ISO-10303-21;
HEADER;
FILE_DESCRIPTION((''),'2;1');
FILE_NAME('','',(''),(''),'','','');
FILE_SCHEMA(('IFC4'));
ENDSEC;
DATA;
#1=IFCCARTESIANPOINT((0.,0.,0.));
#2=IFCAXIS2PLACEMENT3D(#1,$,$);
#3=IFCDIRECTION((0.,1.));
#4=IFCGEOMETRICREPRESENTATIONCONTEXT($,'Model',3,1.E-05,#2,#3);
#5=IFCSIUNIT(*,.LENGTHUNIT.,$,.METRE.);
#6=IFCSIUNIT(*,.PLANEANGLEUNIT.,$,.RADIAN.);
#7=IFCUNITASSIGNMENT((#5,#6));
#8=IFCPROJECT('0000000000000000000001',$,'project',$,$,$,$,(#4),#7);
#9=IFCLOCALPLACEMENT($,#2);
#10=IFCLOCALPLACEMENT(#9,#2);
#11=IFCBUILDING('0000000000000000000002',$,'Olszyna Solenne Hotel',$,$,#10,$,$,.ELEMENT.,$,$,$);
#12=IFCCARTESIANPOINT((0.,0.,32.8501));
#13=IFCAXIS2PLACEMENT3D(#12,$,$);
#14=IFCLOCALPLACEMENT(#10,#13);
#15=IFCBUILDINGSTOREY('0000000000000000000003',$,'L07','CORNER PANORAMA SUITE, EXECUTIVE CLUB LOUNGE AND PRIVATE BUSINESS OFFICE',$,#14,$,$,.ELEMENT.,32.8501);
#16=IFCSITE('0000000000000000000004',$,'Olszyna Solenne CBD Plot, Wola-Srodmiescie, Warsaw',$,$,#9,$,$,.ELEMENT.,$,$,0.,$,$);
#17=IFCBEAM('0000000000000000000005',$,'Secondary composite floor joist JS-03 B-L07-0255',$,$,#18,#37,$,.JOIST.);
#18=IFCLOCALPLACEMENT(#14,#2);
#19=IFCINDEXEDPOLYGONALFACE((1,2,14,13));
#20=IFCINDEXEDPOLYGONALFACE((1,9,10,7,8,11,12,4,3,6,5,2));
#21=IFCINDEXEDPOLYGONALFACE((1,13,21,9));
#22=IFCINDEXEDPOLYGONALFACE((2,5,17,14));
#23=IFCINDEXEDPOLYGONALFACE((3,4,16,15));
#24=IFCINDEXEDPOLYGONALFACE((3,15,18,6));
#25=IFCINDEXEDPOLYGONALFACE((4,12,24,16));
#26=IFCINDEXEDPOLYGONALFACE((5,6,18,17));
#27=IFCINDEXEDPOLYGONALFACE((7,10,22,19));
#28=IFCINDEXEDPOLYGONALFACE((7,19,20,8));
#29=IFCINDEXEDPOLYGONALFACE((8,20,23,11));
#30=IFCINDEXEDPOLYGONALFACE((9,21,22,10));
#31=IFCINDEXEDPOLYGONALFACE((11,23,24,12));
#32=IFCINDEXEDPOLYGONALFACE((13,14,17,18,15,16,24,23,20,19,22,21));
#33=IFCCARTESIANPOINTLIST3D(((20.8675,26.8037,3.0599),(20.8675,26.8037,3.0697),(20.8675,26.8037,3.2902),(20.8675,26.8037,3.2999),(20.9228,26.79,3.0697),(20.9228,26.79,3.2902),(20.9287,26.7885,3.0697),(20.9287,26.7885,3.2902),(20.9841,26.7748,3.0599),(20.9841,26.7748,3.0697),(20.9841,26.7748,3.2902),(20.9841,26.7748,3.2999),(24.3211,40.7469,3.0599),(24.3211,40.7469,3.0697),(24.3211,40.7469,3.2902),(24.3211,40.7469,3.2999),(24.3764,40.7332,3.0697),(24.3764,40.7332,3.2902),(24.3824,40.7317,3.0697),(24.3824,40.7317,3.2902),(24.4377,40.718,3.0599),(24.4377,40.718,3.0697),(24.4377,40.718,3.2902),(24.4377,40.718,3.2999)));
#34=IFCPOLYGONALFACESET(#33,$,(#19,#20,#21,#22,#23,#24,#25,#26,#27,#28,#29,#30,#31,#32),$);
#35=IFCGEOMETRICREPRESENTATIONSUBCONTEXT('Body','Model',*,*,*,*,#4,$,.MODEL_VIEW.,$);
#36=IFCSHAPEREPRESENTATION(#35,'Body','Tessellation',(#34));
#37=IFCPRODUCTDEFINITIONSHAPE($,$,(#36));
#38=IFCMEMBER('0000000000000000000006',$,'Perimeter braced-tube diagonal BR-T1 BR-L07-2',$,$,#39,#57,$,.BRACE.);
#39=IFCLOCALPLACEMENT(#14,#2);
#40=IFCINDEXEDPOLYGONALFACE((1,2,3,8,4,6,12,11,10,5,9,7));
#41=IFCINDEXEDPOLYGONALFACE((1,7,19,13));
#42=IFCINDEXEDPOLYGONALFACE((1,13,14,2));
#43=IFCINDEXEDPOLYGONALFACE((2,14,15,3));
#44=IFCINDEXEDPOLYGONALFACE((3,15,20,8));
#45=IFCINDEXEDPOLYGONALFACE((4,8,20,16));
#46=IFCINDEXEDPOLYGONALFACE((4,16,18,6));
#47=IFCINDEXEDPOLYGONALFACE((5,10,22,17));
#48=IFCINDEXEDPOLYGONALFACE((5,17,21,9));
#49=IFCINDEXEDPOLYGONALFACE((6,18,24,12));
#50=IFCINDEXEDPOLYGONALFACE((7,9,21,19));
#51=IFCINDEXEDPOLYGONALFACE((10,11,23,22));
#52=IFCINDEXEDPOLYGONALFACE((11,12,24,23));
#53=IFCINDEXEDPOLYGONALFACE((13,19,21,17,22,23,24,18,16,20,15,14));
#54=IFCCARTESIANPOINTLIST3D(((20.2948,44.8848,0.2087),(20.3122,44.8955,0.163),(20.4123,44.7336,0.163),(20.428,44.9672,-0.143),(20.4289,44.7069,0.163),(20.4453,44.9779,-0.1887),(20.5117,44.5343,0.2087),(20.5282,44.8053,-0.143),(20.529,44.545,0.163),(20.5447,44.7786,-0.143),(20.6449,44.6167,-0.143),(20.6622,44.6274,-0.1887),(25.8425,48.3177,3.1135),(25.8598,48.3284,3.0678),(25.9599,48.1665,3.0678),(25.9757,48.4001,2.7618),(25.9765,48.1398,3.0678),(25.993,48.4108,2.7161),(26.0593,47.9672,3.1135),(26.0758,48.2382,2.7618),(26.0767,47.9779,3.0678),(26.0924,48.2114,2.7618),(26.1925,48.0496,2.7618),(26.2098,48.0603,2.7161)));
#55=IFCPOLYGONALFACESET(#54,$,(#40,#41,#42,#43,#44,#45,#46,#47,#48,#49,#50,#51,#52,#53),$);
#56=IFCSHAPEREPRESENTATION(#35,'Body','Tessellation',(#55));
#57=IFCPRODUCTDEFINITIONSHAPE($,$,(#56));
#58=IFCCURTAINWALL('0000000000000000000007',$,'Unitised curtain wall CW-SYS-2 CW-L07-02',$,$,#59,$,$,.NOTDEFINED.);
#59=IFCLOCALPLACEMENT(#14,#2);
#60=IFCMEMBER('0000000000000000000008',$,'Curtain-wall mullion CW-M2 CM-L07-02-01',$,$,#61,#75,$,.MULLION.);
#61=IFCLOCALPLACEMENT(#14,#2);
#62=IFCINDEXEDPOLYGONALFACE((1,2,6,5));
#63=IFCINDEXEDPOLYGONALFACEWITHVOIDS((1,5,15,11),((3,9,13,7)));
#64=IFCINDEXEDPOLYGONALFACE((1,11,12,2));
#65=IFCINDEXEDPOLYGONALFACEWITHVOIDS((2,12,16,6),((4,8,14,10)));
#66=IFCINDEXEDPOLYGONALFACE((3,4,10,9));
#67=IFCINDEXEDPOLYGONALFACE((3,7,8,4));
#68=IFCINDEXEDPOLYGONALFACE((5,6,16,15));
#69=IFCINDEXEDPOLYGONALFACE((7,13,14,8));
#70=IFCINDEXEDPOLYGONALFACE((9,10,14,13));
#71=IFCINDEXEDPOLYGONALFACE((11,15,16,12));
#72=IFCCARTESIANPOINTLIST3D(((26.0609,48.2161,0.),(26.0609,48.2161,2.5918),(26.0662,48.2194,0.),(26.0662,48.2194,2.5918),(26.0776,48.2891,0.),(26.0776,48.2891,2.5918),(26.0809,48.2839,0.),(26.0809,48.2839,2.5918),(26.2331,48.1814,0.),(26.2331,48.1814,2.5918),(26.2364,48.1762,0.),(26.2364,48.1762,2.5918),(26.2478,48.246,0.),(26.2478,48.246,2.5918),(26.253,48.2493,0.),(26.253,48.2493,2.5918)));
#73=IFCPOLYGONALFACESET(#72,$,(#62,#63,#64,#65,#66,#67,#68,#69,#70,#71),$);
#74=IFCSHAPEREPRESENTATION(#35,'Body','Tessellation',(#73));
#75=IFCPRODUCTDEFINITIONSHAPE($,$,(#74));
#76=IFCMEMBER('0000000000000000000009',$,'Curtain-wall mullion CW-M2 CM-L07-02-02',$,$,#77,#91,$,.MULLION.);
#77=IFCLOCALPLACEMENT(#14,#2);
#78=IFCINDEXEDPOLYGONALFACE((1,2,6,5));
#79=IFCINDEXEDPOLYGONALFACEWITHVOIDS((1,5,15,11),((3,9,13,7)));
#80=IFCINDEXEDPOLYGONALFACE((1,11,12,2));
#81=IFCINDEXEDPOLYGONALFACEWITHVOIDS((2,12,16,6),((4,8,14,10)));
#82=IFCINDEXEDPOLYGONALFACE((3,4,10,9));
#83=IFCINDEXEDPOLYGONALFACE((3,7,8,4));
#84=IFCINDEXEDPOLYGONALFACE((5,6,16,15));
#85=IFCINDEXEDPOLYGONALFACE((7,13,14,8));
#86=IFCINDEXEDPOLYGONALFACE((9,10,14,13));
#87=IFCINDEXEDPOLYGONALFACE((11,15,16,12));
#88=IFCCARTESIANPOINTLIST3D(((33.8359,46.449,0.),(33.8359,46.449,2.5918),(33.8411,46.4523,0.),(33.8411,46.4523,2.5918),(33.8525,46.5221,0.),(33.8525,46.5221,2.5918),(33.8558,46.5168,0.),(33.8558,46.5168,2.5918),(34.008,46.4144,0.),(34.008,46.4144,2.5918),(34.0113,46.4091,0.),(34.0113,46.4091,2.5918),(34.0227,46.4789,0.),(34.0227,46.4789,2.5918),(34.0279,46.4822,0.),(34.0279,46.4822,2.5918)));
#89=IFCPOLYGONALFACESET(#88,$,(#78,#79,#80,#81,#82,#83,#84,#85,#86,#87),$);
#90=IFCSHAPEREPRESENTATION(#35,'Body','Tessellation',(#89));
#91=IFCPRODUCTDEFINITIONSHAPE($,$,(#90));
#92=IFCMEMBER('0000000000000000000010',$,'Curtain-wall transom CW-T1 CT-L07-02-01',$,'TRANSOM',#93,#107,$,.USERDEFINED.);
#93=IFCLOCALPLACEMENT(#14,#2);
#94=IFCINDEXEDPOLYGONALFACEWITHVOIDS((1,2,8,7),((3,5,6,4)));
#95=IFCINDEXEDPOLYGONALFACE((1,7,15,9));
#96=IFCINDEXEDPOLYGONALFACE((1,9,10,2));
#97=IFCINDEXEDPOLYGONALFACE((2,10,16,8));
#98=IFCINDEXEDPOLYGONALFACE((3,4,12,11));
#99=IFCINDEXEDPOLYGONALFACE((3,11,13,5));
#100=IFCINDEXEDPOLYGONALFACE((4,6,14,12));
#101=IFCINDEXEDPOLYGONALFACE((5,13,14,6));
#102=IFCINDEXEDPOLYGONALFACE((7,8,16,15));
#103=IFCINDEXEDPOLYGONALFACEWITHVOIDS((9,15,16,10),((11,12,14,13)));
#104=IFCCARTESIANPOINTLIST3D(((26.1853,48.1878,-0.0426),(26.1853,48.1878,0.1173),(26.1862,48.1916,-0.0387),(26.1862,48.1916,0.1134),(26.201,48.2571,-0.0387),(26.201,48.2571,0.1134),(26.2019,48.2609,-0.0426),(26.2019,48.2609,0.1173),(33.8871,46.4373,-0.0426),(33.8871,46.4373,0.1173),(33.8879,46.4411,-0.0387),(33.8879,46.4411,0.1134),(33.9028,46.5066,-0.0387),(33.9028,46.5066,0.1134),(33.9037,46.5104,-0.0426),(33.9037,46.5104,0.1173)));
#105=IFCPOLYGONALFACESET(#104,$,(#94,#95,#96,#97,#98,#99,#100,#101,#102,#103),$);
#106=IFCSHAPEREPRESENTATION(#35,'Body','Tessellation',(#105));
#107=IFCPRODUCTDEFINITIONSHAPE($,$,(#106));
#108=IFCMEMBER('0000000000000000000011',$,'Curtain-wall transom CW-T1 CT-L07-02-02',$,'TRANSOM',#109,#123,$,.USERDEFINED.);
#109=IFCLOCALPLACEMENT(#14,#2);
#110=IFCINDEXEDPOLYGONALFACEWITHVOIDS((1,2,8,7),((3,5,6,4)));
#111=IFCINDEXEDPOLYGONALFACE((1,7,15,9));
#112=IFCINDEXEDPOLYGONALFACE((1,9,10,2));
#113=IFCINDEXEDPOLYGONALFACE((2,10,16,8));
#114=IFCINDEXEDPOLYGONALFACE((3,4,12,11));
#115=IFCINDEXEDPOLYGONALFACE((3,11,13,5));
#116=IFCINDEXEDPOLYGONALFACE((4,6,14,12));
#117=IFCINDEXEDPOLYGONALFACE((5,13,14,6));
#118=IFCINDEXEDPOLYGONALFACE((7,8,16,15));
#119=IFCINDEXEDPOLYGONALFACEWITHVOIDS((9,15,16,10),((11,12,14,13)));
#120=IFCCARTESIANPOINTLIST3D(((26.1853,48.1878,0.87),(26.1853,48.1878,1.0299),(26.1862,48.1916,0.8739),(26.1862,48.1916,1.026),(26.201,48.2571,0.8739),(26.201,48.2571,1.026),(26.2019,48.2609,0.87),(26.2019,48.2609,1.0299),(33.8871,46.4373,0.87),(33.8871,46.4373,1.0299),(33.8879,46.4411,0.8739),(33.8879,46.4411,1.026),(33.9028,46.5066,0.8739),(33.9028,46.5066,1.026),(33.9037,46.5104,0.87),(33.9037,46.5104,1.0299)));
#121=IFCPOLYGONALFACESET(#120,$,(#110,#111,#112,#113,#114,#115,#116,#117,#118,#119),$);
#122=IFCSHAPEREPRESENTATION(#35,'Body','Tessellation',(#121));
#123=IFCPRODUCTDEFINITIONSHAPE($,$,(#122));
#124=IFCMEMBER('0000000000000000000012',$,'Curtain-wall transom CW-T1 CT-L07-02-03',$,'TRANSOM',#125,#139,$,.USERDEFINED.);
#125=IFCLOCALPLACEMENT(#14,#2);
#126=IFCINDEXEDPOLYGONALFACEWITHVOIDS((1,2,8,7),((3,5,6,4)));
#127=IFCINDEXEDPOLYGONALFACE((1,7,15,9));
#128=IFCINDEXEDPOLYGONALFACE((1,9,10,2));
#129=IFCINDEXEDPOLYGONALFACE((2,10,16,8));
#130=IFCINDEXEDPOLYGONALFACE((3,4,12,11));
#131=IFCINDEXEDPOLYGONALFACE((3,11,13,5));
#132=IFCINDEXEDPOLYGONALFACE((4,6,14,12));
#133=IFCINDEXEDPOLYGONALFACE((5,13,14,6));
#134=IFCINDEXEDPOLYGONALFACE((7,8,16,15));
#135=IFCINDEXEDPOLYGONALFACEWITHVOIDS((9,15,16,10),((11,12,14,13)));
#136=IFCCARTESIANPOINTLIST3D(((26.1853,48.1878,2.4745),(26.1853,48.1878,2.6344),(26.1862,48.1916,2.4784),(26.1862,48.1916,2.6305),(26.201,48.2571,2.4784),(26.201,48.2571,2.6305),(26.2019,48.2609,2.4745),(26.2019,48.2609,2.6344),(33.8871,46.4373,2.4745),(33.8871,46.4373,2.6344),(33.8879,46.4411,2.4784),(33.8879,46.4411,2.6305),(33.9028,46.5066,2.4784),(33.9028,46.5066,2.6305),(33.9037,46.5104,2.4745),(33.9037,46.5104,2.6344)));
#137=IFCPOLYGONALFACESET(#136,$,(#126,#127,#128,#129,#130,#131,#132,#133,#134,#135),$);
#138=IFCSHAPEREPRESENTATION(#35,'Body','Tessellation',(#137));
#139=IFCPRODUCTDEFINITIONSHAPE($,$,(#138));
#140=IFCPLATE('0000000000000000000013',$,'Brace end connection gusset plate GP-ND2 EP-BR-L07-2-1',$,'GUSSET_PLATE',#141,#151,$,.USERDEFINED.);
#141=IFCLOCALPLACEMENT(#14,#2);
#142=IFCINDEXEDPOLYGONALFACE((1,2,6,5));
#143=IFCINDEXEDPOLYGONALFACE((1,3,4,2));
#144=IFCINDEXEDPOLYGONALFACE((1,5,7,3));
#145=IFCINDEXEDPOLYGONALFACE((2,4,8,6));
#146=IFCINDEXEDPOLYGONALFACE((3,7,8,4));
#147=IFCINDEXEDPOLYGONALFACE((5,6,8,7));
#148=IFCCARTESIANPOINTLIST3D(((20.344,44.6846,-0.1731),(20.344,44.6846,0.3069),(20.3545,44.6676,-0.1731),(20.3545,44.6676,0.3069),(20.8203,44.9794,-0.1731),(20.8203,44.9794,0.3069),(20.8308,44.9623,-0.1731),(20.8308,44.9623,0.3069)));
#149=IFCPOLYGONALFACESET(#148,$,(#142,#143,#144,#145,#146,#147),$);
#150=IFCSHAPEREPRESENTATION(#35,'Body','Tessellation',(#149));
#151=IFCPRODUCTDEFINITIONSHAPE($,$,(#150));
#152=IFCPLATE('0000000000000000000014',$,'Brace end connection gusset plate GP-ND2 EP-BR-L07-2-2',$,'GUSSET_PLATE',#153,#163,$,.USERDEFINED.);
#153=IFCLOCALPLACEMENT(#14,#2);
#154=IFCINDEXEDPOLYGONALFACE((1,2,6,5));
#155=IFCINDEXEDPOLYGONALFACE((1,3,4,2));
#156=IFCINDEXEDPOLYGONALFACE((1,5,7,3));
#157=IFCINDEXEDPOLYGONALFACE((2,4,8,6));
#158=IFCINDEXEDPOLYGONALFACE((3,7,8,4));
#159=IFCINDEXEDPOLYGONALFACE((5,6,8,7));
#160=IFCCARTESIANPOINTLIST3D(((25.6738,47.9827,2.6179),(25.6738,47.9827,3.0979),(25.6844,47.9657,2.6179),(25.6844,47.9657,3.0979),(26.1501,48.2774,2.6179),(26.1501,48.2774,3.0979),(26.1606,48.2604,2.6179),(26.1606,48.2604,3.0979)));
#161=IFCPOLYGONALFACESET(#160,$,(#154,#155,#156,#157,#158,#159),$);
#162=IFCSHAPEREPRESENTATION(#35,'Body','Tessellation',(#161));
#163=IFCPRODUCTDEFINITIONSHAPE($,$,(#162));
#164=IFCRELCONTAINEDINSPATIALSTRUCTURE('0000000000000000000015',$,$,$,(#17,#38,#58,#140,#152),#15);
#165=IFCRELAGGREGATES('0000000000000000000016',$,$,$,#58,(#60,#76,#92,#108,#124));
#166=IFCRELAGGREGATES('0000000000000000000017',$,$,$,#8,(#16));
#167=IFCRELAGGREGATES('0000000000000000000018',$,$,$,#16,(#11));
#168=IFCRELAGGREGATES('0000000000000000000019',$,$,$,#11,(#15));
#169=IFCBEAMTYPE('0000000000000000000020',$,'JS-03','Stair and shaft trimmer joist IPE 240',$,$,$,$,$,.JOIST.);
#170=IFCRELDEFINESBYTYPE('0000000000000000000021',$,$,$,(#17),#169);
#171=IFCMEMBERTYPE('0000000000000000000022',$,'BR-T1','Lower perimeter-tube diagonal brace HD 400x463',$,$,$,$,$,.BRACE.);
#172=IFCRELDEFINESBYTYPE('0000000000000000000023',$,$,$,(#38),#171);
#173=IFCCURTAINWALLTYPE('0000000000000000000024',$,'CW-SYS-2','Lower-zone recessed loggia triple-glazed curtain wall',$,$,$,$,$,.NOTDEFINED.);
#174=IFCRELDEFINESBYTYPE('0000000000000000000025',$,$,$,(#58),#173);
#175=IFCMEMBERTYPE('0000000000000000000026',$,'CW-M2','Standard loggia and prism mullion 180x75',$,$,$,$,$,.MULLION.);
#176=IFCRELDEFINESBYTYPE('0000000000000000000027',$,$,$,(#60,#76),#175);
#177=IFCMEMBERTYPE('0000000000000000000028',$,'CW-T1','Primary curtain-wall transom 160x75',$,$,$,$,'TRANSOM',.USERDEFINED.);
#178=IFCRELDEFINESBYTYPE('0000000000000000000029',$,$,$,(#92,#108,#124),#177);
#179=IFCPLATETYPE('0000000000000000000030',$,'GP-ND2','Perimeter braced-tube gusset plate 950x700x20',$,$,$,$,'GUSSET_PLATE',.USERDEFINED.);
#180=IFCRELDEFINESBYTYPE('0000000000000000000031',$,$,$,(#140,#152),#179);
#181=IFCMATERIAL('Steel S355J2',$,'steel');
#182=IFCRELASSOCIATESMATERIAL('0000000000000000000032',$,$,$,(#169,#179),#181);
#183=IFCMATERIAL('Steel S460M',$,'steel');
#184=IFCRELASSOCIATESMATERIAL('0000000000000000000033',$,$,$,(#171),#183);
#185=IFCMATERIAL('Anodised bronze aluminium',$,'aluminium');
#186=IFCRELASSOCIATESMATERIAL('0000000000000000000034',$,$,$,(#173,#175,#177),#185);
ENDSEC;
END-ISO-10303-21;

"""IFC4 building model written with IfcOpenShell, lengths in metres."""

from ifc_helpers import new_model, si_unit, direction, frame, origin, origin_2d, place, context, subcontext, project, spatial, rectangle, hollow_rectangle, i_section, extrude, source, transform, mapped, material, material_profile, profile_set, type_object, element, aggregate, save


model = new_model("IFC4")

# Units and contexts
model_context = context("Model", 3, precision=1e-05, world=origin(), true_north=direction((0.0, 1.0)))
body_context = subcontext(model_context, "Body", "Model", "MODEL_VIEW")
ifc_project = project(units=[si_unit("LENGTHUNIT", "METRE"), si_unit("PLANEANGLEUNIT", "RADIAN")], contexts=[model_context])

# Site, building, storey
site_placement = place(None, origin())
site = spatial("IfcSite", under=ifc_project, at=site_placement, Name="Olszyna Solenne CBD Plot, Wola-Srodmiescie, Warsaw", CompositionType="ELEMENT", RefElevation=0.0)
building_placement = place(site_placement, origin())
building = spatial("IfcBuilding", under=site, at=building_placement, Name="Olszyna Solenne Hotel", CompositionType="ELEMENT")
storey_placement = place(building_placement, frame((0.0, 0.0, 32.8501)))
storey = spatial("IfcBuildingStorey", under=building, at=storey_placement, Name="L07", Description="CORNER PANORAMA SUITE, EXECUTIVE CLUB LOUNGE AND PRIVATE BUSINESS OFFICE", CompositionType="ELEMENT", Elevation=32.8501)

# Shared definitions
ifc_material_1 = material(Name="Steel S460M", Category="steel")

# Beam
ifc_material_2 = material(Name="Steel S355J2", Category="steel")
ifc_material_profile_1 = material_profile(ifc_material_2, i_section(OverallWidth=0.1201, OverallDepth=0.24, WebThickness=0.0061, FlangeThickness=0.0098, at=origin_2d()), Name="IPE 240", Category="load-bearing")
ifc_profile_set_1 = profile_set([ifc_material_profile_1], Name="Steel S355J2")
beam_type_1 = type_object("IfcBeamType", Name="JS-03", Description="Stair and shaft trimmer joist IPE 240", PredefinedType="JOIST", material=ifc_profile_set_1)
shared_shape_1 = source(origin(), body_context, "Body", "SweptSolid", [
    extrude(i_section(OverallWidth=0.1201, OverallDepth=0.24, WebThickness=0.0061, FlangeThickness=0.0098, at=origin_2d()), origin(), (0.0, 0.0, 1.0), 14.3645),
])
beam_1_placement = place(storey_placement, frame((24.3794, 40.7324, 3.1799), z_axis=(-0.240428, -0.970667, 0.0), x_axis=(0.970667, -0.240428, 0.0)))
element("IfcBeam", 1, at=beam_1_placement, inside=storey, type_object=beam_type_1, Name="Secondary composite floor joist JS-03 B-L07-0255", PredefinedType="JOIST", context=body_context, shape_type="MappedRepresentation", body=[
    mapped(shared_shape_1, transform((0.0, 0.0, 0.0), x_axis=(1.0, 0.0, 0.0), y_axis=(0.0, 1.0, 0.0), z_axis=(0.0, 0.0, 1.0), scale=1.0)),
])

# Member
ifc_material_profile_2 = material_profile(ifc_material_1, i_section(OverallWidth=0.4121, OverallDepth=0.4351, WebThickness=0.0315, FlangeThickness=0.05, at=origin_2d()), Name="HD 400x463", Category="load-bearing")
ifc_profile_set_2 = profile_set([ifc_material_profile_2], Name="Steel S460M")
member_type_1 = type_object("IfcMemberType", Name="BR-T1", Description="Lower perimeter-tube diagonal brace HD 400x463", PredefinedType="BRACE", material=ifc_profile_set_2)
shared_shape_2 = source(origin(), body_context, "Body", "SweptSolid", [
    extrude(i_section(OverallWidth=0.4121, OverallDepth=0.4351, WebThickness=0.0315, FlangeThickness=0.05, at=origin_2d()), origin(), (0.0, 0.0, 1.0), 7.1414),
])
member_1_placement = place(storey_placement, frame((20.4785, 44.7561, 0.01), z_axis=(0.776834, 0.480705, 0.406758), x_axis=(-0.526203, 0.850359, 0.0)))
element("IfcMember", 2, at=member_1_placement, inside=storey, type_object=member_type_1, Name="Perimeter braced-tube diagonal BR-T1 BR-L07-2", PredefinedType="BRACE", context=body_context, shape_type="MappedRepresentation", body=[
    mapped(shared_shape_2, transform((0.0, 0.0, 0.0), x_axis=(1.0, 0.0, 0.0), y_axis=(0.0, 1.0, 0.0), z_axis=(0.0, 0.0, 1.0), scale=1.0)),
])

# Curtain wall, members
ifc_material_3 = material(Name="Anodised bronze aluminium", Category="aluminium")
curtain_wall_type = type_object("IfcCurtainWallType", Name="CW-SYS-2", Description="Lower-zone recessed loggia triple-glazed curtain wall", PredefinedType="NOTDEFINED", material=ifc_material_3)
curtain_wall_placement = place(storey_placement, origin())
curtain_wall = element("IfcCurtainWall", 3, at=curtain_wall_placement, inside=storey, type_object=curtain_wall_type, Name="Unitised curtain wall CW-SYS-2 CW-L07-02", PredefinedType="NOTDEFINED")
ifc_material_profile_3 = material_profile(ifc_material_3, hollow_rectangle(XDim=0.075, YDim=0.1799, WallThickness=0.0044, at=origin_2d()), Name="MULL 180x75x4.5", Category="load-bearing")
ifc_profile_set_3 = profile_set([ifc_material_profile_3], Name="Anodised bronze aluminium")
member_type_2 = type_object("IfcMemberType", Name="CW-M2", Description="Standard loggia and prism mullion 180x75", PredefinedType="MULLION", material=ifc_profile_set_3)
shared_shape_3 = source(origin(), body_context, "Body", "SweptSolid", [
    extrude(hollow_rectangle(XDim=0.075, YDim=0.1799, WallThickness=0.0044, at=origin_2d()), origin(), (0.0, 0.0, 1.0), 2.5918),
])
member_2_placement = place(storey_placement, frame((26.157, 48.2327, 0.0), z_axis=(0.0, 0.0, 1.0), x_axis=(0.221622, 0.975133, 0.0)))
member_2 = element("IfcMember", 4, at=member_2_placement, type_object=member_type_2, Name="Curtain-wall mullion CW-M2 CM-L07-02-01", PredefinedType="MULLION", context=body_context, shape_type="MappedRepresentation", body=[
    mapped(shared_shape_3, transform((0.0, 0.0, 0.0), x_axis=(1.0, 0.0, 0.0), y_axis=(0.0, 1.0, 0.0), z_axis=(0.0, 0.0, 1.0), scale=1.0)),
])
member_3_placement = place(storey_placement, frame((33.9319, 46.4656, 0.0), z_axis=(0.0, 0.0, 1.0), x_axis=(0.221622, 0.975133, 0.0)))
member_3 = element("IfcMember", 5, at=member_3_placement, type_object=member_type_2, Name="Curtain-wall mullion CW-M2 CM-L07-02-02", PredefinedType="MULLION", context=body_context, shape_type="MappedRepresentation", body=[
    mapped(shared_shape_3, transform((0.0, 0.0, 0.0), x_axis=(1.0, 0.0, 0.0), y_axis=(0.0, 1.0, 0.0), z_axis=(0.0, 0.0, 1.0), scale=1.0)),
])
ifc_material_profile_4 = material_profile(ifc_material_3, hollow_rectangle(XDim=0.075, YDim=0.1599, WallThickness=0.0039, at=origin_2d()), Name="TRAN 160x75x4", Category="load-bearing")
ifc_profile_set_4 = profile_set([ifc_material_profile_4], Name="Anodised bronze aluminium")
member_type_3 = type_object("IfcMemberType", Name="CW-T1", Description="Primary curtain-wall transom 160x75", ElementType="TRANSOM", PredefinedType="USERDEFINED", material=ifc_profile_set_4)
shared_shape_4 = source(origin(), body_context, "Body", "SweptSolid", [
    extrude(hollow_rectangle(XDim=0.075, YDim=0.1599, WallThickness=0.0039, at=origin_2d()), origin(), (0.0, 0.0, 1.0), 7.8982),
])
member_4_placement = place(storey_placement, frame((26.1936, 48.2244, 0.0374), z_axis=(0.97513, -0.221634, 0.0), x_axis=(0.221634, 0.97513, 0.0)))
member_4 = element("IfcMember", 6, at=member_4_placement, type_object=member_type_3, Name="Curtain-wall transom CW-T1 CT-L07-02-01", ObjectType="TRANSOM", PredefinedType="USERDEFINED", context=body_context, shape_type="MappedRepresentation", body=[
    mapped(shared_shape_4, transform((0.0, 0.0, 0.0), x_axis=(1.0, 0.0, 0.0), y_axis=(0.0, 1.0, 0.0), z_axis=(0.0, 0.0, 1.0), scale=1.0)),
])
member_5_placement = place(storey_placement, frame((26.1936, 48.2244, 0.95), z_axis=(0.97513, -0.221634, 0.0), x_axis=(0.221634, 0.97513, 0.0)))
member_5 = element("IfcMember", 7, at=member_5_placement, type_object=member_type_3, Name="Curtain-wall transom CW-T1 CT-L07-02-02", ObjectType="TRANSOM", PredefinedType="USERDEFINED", context=body_context, shape_type="MappedRepresentation", body=[
    mapped(shared_shape_4, transform((0.0, 0.0, 0.0), x_axis=(1.0, 0.0, 0.0), y_axis=(0.0, 1.0, 0.0), z_axis=(0.0, 0.0, 1.0), scale=1.0)),
])
member_6_placement = place(storey_placement, frame((26.1936, 48.2244, 2.5544), z_axis=(0.97513, -0.221634, 0.0), x_axis=(0.221634, 0.97513, 0.0)))
member_6 = element("IfcMember", 8, at=member_6_placement, type_object=member_type_3, Name="Curtain-wall transom CW-T1 CT-L07-02-03", ObjectType="TRANSOM", PredefinedType="USERDEFINED", context=body_context, shape_type="MappedRepresentation", body=[
    mapped(shared_shape_4, transform((0.0, 0.0, 0.0), x_axis=(1.0, 0.0, 0.0), y_axis=(0.0, 1.0, 0.0), z_axis=(0.0, 0.0, 1.0), scale=1.0)),
])

# Plates
plate_type_1 = type_object("IfcPlateType", Name="GP-ND2", Description="Perimeter braced-tube gusset plate 950x700x20", ElementType="GUSSET_PLATE", PredefinedType="USERDEFINED", material=ifc_material_2)
shared_shape_5 = source(origin(), body_context, "Body", "SweptSolid", [
    extrude(rectangle(XDim=0.5601, YDim=0.02, at=origin_2d()), origin(), (0.0, 0.0, 1.0), 0.48),
])
for number, where, z_axis, x_axis, name in (
    (9, (20.5874, 44.8235, -0.1731), (0.0, 0.0, 1.0), (0.850352, 0.526214, 0.0), "Brace end connection gusset plate GP-ND2 EP-BR-L07-2-1"),
    (10, (25.9172, 48.1216, 2.6179), (0.0, 0.0, 1.0), (0.850352, 0.526214, 0.0), "Brace end connection gusset plate GP-ND2 EP-BR-L07-2-2"),
):
    element("IfcPlate", number, at=place(storey_placement, frame(where, z_axis=z_axis, x_axis=x_axis)), inside=storey, type_object=plate_type_1, Name=name, ObjectType="GUSSET_PLATE", PredefinedType="USERDEFINED", context=body_context, shape_type="MappedRepresentation", body=[
        mapped(shared_shape_5, transform((0.0, 0.0, 0.0), x_axis=(1.0, 0.0, 0.0), y_axis=(0.0, 1.0, 0.0), z_axis=(0.0, 0.0, 1.0), scale=1.0)),
    ])

aggregate(curtain_wall, [member_2, member_3, member_4, member_5, member_6])

save(model, "model.ifc")
